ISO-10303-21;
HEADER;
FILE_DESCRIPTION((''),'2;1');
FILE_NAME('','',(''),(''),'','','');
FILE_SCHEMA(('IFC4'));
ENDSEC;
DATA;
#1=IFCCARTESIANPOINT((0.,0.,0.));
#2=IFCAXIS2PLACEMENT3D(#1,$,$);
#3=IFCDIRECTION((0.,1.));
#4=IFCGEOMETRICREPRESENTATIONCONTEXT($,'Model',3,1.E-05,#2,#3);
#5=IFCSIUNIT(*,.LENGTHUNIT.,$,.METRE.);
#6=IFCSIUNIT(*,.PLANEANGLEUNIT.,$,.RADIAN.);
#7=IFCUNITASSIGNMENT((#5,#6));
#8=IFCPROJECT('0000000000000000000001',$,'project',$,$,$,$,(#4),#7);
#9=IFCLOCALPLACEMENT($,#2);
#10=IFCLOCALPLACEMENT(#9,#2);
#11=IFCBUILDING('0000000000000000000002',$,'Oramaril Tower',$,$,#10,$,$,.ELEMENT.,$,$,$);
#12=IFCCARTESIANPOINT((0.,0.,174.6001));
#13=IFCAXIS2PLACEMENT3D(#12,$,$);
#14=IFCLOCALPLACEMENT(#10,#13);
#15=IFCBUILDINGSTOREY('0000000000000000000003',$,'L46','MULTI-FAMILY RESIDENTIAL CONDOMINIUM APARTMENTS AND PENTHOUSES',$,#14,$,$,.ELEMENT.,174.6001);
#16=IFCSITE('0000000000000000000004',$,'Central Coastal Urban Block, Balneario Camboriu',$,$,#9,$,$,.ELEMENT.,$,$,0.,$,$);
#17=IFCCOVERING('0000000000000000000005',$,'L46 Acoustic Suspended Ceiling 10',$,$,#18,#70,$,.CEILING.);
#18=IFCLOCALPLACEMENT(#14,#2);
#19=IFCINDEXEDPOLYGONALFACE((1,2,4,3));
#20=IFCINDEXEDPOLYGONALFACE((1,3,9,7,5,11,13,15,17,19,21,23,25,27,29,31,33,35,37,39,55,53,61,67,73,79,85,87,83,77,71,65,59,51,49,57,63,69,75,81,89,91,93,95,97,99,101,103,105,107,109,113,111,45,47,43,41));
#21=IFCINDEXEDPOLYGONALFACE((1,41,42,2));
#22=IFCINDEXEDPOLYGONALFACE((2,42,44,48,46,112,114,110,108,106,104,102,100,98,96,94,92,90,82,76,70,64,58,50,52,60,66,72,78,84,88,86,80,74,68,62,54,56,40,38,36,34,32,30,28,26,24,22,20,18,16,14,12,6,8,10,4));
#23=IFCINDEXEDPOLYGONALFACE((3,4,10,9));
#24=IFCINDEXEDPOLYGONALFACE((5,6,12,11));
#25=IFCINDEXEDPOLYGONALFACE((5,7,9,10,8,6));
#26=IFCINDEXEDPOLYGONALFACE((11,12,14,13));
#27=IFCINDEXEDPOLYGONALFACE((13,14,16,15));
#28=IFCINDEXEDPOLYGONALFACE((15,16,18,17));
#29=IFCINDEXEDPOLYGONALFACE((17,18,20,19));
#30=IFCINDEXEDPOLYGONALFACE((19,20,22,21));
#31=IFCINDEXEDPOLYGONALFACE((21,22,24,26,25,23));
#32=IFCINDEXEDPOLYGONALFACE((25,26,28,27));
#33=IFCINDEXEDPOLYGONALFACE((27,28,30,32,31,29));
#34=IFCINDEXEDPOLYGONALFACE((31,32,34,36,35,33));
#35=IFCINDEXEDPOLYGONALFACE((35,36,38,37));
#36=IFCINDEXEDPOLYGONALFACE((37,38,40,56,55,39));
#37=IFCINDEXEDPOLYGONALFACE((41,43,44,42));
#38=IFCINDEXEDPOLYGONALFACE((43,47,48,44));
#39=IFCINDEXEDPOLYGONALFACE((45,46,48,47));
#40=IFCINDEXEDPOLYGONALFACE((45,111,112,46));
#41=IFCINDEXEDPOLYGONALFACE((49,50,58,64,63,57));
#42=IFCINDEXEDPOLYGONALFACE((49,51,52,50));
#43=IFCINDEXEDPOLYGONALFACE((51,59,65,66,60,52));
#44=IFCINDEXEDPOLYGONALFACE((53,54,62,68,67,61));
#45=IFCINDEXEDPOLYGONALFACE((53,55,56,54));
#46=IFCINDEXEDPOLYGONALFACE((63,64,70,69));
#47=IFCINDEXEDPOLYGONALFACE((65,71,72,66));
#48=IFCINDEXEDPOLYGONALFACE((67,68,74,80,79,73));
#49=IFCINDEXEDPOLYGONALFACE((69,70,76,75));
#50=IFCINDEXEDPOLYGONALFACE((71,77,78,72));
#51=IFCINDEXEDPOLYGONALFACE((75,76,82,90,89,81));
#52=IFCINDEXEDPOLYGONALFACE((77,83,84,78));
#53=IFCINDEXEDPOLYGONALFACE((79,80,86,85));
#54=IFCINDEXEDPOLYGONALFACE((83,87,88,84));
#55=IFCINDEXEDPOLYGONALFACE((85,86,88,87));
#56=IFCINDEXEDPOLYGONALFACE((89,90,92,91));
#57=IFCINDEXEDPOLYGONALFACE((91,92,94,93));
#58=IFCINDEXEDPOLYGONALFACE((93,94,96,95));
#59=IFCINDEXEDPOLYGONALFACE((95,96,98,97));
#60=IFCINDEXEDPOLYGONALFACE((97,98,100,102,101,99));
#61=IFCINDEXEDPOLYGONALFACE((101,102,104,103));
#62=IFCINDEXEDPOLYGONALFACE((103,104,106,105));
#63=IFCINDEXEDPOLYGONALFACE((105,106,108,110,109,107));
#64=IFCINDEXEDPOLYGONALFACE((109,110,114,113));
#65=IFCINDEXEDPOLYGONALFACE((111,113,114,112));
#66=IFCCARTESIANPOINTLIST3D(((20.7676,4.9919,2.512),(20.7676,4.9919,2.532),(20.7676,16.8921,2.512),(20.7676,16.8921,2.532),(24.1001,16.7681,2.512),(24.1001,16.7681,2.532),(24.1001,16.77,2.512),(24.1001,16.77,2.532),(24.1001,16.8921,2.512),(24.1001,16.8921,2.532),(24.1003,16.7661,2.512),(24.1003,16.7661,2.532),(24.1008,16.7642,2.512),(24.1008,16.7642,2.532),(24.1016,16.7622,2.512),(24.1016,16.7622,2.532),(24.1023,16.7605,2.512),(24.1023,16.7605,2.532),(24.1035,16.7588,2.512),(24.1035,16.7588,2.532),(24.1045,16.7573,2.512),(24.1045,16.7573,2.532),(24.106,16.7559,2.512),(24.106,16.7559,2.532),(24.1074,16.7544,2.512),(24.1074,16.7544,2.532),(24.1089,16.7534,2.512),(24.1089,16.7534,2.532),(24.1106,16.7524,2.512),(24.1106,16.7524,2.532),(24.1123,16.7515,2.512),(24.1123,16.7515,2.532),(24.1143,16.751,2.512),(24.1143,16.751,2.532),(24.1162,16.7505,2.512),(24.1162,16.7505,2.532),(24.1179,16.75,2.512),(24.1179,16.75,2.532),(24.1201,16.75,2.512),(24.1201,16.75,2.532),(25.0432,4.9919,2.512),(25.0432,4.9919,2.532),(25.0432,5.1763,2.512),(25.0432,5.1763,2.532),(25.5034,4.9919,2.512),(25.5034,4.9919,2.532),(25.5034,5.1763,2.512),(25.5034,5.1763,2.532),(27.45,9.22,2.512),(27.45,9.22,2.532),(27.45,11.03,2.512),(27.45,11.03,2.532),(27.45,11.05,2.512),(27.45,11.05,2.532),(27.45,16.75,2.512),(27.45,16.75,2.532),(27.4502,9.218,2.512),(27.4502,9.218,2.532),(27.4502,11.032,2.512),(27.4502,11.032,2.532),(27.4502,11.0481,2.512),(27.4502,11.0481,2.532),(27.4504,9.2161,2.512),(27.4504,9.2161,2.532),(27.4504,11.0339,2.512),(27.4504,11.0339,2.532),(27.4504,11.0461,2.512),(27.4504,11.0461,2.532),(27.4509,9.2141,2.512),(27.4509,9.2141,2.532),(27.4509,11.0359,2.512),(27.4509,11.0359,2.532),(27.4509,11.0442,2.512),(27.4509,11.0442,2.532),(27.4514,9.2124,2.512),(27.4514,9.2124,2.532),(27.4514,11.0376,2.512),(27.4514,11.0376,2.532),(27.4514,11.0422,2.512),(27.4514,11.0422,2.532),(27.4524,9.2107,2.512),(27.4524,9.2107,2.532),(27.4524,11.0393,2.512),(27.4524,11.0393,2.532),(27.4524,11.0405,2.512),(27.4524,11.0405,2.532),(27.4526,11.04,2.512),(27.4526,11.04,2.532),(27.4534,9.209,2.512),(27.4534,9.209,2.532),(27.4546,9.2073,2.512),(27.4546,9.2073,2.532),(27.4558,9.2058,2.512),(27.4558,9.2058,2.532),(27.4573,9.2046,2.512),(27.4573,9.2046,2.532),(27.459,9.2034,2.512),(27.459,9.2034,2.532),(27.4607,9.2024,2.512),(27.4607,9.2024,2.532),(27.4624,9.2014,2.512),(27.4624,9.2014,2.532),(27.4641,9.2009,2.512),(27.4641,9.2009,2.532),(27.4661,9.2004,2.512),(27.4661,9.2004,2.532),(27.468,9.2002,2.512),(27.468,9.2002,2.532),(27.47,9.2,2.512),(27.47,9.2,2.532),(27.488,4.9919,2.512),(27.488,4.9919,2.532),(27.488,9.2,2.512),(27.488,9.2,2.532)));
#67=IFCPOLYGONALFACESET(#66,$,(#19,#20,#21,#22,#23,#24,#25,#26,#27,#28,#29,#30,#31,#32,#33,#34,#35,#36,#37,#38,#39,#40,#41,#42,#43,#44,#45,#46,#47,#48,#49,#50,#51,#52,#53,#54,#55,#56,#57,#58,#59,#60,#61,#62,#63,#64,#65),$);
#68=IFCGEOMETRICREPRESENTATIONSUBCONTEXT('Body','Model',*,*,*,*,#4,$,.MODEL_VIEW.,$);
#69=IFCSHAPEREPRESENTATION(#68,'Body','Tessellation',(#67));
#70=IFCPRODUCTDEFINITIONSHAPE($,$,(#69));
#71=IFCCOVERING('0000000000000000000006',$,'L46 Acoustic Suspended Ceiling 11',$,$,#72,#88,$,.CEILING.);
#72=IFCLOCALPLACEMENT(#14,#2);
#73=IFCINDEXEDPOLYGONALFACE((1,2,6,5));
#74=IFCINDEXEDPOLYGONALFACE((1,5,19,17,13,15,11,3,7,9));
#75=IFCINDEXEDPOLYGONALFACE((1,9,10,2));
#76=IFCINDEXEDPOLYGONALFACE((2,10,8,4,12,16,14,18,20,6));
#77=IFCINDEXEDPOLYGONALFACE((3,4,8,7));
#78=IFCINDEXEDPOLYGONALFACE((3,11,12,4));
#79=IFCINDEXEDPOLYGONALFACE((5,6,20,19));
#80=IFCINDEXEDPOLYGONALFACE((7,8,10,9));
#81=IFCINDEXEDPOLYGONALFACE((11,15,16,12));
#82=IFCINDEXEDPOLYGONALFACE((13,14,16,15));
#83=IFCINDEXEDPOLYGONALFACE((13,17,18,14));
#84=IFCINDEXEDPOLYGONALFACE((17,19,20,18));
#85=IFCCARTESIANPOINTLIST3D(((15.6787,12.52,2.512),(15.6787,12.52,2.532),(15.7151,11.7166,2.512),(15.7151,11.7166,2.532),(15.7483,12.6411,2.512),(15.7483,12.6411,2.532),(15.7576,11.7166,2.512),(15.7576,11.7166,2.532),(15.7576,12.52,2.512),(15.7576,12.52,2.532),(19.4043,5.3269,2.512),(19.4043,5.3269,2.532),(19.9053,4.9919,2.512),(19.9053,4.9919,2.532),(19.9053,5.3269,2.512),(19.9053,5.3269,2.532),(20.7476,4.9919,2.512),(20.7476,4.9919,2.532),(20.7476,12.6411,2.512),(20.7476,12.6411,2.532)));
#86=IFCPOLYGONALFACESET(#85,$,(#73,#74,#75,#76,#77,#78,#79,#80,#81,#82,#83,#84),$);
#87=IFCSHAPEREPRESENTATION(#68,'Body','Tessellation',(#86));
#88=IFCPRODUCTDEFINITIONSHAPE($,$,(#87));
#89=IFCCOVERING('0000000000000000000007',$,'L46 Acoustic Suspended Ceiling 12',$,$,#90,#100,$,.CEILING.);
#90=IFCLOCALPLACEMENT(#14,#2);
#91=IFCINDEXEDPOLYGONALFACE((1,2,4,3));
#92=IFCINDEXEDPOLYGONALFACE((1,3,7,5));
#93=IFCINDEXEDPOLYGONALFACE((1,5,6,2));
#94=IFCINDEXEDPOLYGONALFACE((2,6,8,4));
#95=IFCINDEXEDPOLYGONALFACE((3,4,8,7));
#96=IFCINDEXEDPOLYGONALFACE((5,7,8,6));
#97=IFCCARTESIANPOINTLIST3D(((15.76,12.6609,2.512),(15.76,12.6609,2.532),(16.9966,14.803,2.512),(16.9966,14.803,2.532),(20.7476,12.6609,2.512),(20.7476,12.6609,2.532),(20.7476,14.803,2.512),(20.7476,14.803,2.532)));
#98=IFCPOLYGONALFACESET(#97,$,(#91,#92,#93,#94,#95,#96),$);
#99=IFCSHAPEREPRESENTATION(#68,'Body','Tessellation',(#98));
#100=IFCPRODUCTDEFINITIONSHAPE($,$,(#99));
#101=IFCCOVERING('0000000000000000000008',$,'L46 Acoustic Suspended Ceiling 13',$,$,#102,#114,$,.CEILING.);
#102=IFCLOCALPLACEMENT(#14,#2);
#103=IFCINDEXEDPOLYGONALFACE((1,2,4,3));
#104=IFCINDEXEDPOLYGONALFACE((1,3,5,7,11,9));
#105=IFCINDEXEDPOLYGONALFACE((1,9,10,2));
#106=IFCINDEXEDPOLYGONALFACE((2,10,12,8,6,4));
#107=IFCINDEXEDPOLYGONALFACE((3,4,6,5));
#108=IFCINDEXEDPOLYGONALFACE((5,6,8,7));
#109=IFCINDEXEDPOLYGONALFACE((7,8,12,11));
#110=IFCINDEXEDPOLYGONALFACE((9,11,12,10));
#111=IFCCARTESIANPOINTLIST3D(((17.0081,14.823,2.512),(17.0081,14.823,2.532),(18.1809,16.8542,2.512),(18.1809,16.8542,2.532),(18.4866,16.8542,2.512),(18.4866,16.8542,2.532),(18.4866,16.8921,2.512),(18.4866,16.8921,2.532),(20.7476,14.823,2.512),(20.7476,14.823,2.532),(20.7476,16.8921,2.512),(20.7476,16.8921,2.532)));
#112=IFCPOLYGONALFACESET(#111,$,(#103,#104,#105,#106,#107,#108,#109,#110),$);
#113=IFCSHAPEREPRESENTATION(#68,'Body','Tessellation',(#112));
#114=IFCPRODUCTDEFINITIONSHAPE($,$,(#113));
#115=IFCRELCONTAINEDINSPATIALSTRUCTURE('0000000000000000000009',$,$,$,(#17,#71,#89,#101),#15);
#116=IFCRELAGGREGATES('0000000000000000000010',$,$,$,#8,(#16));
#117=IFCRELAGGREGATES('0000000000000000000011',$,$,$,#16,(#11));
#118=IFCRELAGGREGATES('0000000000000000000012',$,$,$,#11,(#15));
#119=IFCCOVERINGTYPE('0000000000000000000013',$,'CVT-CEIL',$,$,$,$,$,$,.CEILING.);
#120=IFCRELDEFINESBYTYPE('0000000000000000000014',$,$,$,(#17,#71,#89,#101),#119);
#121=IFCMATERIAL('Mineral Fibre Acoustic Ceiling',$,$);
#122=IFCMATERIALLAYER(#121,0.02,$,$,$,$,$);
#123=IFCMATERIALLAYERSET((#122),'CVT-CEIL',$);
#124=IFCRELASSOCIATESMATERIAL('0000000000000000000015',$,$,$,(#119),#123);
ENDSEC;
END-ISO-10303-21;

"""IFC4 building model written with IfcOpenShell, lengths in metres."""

from ifc_helpers import new_model, si_unit, direction, frame, origin, place, context, subcontext, project, spatial, polyline, outline, extrude, material, layer, layer_set, type_object, element, save


model = new_model("IFC4")

# Units and contexts
model_context = context("Model", 3, precision=1e-05, world=origin(), true_north=direction((0.0, 1.0)))
body_context = subcontext(model_context, "Body", "Model", "MODEL_VIEW")
ifc_project = project(units=[si_unit("LENGTHUNIT", "METRE"), si_unit("PLANEANGLEUNIT", "RADIAN")], contexts=[model_context])

# Site, building, storey
site_placement = place(None, origin())
site = spatial("IfcSite", under=ifc_project, at=site_placement, Name="Central Coastal Urban Block, Balneario Camboriu", CompositionType="ELEMENT", RefElevation=0.0)
building_placement = place(site_placement, origin())
building = spatial("IfcBuilding", under=site, at=building_placement, Name="Oramaril Tower", CompositionType="ELEMENT")
storey_placement = place(building_placement, frame((0.0, 0.0, 174.6001)))
storey = spatial("IfcBuildingStorey", under=building, at=storey_placement, Name="L46", Description="MULTI-FAMILY RESIDENTIAL CONDOMINIUM APARTMENTS AND PENTHOUSES", CompositionType="ELEMENT", Elevation=174.6001)

# Coverings
ifc_material_1 = material(Name="Mineral Fibre Acoustic Ceiling")
ifc_layer_1 = layer(ifc_material_1, 0.02)
ifc_layer_set_1 = layer_set([ifc_layer_1], Name="CVT-CEIL")
covering_type_1 = type_object("IfcCoveringType", Name="CVT-CEIL", PredefinedType="CEILING", material=ifc_layer_set_1)
covering_1_placement = place(storey_placement, frame((0.0, 0.0, 2.512)))
element("IfcCovering", 1, at=covering_1_placement, inside=storey, type_object=covering_type_1, Name="L46 Acoustic Suspended Ceiling 10", PredefinedType="CEILING", context=body_context, shape_type="SweptSolid", body=[
    extrude(outline(polyline([(25.5034, 4.9919), (25.5034, 5.1763), (25.0432, 5.1763), (25.0432, 4.9919), (20.7676, 4.9919), (20.7676, 16.8921), (24.1001, 16.8921), (24.1001, 16.77), (24.1001, 16.7681), (24.1003, 16.7661), (24.1008, 16.7642), (24.1016, 16.7622), (24.1023, 16.7605), (24.1035, 16.7588), (24.1045, 16.7573), (24.106, 16.7559), (24.1074, 16.7544), (24.1089, 16.7534), (24.1106, 16.7524), (24.1123, 16.7515), (24.1143, 16.751), (24.1162, 16.7505), (24.1179, 16.75), (24.1201, 16.75), (27.45, 16.75), (27.45, 11.05), (27.4502, 11.0481), (27.4504, 11.0461), (27.4509, 11.0442), (27.4514, 11.0422), (27.4524, 11.0405), (27.4526, 11.04), (27.4524, 11.0393), (27.4514, 11.0376), (27.4509, 11.0359), (27.4504, 11.0339), (27.4502, 11.032), (27.45, 11.03), (27.45, 9.22), (27.4502, 9.218), (27.4504, 9.2161), (27.4509, 9.2141), (27.4514, 9.2124), (27.4524, 9.2107), (27.4534, 9.209), (27.4546, 9.2073), (27.4558, 9.2058), (27.4573, 9.2046), (27.459, 9.2034), (27.4607, 9.2024), (27.4624, 9.2014), (27.4641, 9.2009), (27.4661, 9.2004), (27.468, 9.2002), (27.47, 9.2), (27.488, 9.2), (27.488, 4.9919), (25.5034, 4.9919)])), origin(), (0.0, 0.0, 1.0), 0.02),
])
covering_2_placement = place(storey_placement, frame((0.0, 0.0, 2.512)))
element("IfcCovering", 2, at=covering_2_placement, inside=storey, type_object=covering_type_1, Name="L46 Acoustic Suspended Ceiling 11", PredefinedType="CEILING", context=body_context, shape_type="SweptSolid", body=[
    extrude(outline(polyline([(19.9053, 4.9919), (19.9053, 5.3269), (19.4043, 5.3269), (15.7151, 11.7166), (15.7576, 11.7166), (15.7576, 12.52), (15.6787, 12.52), (15.7483, 12.6411), (20.7476, 12.6411), (20.7476, 4.9919), (19.9053, 4.9919)])), origin(), (0.0, 0.0, 1.0), 0.02),
])
covering_3_placement = place(storey_placement, frame((0.0, 0.0, 2.512)))
element("IfcCovering", 3, at=covering_3_placement, inside=storey, type_object=covering_type_1, Name="L46 Acoustic Suspended Ceiling 12", PredefinedType="CEILING", context=body_context, shape_type="SweptSolid", body=[
    extrude(outline(polyline([(16.9966, 14.803), (20.7476, 14.803), (20.7476, 12.6609), (15.76, 12.6609), (16.9966, 14.803)])), origin(), (0.0, 0.0, 1.0), 0.02),
])
covering_4_placement = place(storey_placement, frame((0.0, 0.0, 2.512)))
element("IfcCovering", 4, at=covering_4_placement, inside=storey, type_object=covering_type_1, Name="L46 Acoustic Suspended Ceiling 13", PredefinedType="CEILING", context=body_context, shape_type="SweptSolid", body=[
    extrude(outline(polyline([(18.1809, 16.8542), (18.4866, 16.8542), (18.4866, 16.8921), (20.7476, 16.8921), (20.7476, 14.823), (17.0081, 14.823), (18.1809, 16.8542)])), origin(), (0.0, 0.0, 1.0), 0.02),
])

save(model, "model.ifc")
